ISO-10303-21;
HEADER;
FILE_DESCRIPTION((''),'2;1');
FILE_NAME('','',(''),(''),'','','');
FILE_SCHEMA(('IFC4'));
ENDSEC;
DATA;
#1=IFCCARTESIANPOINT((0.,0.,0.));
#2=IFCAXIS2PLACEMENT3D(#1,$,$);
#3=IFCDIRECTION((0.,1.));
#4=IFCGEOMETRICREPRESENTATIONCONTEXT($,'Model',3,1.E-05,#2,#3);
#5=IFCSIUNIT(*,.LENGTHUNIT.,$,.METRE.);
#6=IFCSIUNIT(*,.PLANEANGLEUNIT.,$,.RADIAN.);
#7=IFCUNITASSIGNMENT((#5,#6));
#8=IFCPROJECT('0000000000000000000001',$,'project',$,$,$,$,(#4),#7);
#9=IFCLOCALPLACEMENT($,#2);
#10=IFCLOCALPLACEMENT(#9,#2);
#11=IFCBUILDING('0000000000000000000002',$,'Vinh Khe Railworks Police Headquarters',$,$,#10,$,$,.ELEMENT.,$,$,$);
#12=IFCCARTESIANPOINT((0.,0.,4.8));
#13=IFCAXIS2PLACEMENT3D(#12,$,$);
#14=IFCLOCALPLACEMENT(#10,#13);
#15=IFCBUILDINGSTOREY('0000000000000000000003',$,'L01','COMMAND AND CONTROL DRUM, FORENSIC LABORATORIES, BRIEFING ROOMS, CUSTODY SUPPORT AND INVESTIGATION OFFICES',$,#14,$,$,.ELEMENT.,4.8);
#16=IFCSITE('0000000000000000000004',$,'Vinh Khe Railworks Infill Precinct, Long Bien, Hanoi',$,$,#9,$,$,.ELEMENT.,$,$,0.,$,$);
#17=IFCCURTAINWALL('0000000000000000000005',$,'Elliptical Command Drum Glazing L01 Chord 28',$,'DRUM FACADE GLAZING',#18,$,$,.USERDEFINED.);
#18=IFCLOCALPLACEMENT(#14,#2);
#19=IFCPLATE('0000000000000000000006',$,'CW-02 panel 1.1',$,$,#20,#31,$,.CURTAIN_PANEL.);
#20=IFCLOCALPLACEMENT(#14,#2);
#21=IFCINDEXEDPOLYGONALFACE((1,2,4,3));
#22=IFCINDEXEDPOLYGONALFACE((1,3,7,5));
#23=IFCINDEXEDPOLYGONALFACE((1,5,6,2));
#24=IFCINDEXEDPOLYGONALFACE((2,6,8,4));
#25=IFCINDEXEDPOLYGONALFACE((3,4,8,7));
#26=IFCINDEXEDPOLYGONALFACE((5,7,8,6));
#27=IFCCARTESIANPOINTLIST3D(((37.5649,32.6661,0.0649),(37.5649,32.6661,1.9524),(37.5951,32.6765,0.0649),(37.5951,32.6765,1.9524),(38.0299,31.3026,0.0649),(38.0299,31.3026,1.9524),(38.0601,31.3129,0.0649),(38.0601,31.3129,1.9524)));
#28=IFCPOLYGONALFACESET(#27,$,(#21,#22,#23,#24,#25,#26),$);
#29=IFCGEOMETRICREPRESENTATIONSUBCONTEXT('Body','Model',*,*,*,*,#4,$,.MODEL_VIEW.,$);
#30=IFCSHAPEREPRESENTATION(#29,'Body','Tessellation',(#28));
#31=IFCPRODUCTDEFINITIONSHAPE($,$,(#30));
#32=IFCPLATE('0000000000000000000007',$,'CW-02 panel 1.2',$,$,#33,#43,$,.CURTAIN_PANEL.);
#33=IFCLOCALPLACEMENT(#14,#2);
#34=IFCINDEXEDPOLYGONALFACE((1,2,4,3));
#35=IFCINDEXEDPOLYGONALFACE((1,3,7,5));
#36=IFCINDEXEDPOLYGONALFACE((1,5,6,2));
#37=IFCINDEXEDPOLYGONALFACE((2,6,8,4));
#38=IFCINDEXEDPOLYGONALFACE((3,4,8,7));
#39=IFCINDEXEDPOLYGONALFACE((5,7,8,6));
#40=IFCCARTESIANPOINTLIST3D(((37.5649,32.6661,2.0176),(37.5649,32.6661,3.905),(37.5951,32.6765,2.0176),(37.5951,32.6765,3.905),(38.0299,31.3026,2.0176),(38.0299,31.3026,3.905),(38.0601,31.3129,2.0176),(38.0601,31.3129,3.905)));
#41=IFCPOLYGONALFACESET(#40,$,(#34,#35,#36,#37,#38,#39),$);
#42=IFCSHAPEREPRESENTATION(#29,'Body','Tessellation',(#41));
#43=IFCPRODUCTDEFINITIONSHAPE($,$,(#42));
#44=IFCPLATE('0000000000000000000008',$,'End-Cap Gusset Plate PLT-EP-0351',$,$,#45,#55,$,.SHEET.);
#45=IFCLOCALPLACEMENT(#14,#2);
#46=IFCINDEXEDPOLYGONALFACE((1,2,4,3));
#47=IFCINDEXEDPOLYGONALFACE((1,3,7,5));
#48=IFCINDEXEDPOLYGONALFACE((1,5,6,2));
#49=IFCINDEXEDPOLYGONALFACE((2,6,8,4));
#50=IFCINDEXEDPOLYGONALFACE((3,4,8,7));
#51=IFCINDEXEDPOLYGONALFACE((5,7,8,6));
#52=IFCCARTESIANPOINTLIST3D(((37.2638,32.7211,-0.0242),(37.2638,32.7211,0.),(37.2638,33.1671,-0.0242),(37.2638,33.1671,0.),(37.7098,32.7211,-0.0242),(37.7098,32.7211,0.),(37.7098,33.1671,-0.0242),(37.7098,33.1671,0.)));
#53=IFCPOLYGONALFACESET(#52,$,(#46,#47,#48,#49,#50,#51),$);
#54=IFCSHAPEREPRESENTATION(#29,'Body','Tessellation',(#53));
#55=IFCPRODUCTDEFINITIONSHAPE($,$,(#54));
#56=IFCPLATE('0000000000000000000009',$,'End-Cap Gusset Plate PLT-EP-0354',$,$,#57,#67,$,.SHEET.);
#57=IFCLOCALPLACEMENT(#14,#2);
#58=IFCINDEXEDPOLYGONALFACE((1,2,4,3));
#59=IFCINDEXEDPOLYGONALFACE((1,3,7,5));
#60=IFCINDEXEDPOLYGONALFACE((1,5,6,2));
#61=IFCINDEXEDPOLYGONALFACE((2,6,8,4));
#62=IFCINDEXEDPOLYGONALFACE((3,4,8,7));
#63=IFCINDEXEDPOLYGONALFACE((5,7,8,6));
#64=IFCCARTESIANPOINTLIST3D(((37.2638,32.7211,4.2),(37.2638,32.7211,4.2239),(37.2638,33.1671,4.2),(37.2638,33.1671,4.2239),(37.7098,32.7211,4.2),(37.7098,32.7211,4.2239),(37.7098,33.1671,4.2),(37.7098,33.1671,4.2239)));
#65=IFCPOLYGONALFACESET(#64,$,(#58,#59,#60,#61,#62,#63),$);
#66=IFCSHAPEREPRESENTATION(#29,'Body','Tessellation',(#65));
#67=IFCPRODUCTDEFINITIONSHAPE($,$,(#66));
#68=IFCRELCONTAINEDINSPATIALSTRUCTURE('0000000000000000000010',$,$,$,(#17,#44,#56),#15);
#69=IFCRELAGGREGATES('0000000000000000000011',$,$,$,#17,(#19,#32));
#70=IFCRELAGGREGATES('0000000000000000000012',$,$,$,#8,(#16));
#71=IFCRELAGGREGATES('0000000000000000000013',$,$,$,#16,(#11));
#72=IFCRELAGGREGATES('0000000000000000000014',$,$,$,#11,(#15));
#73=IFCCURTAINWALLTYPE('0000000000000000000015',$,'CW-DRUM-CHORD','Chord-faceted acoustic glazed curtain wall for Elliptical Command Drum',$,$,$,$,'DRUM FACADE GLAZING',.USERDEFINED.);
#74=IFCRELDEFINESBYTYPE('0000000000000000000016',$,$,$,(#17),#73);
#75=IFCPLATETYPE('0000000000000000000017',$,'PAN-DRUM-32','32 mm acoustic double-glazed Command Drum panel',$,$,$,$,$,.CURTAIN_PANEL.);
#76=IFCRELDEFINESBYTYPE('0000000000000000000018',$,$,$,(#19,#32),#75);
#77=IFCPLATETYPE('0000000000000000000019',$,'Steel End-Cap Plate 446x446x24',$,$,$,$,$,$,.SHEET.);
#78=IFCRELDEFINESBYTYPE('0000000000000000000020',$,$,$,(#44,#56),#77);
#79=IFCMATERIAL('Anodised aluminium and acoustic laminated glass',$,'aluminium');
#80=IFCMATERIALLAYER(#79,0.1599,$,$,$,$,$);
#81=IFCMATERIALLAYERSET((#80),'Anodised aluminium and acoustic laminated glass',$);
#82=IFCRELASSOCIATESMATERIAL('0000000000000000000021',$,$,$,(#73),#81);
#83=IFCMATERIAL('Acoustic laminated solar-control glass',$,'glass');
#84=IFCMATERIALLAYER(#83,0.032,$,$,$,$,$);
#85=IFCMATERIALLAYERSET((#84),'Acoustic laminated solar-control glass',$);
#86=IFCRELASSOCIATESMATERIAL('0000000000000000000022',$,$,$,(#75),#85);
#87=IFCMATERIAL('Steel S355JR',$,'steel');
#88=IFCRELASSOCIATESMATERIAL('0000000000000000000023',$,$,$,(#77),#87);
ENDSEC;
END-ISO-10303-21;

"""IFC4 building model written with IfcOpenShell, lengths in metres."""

from ifc_helpers import new_model, si_unit, direction, frame, origin, origin_2d, place, context, subcontext, project, spatial, rectangle, extrude, material, layer, layer_set, material_profile, profile_set, type_object, element, aggregate, save


model = new_model("IFC4")

# Units and contexts
model_context = context("Model", 3, precision=1e-05, world=origin(), true_north=direction((0.0, 1.0)))
body_context = subcontext(model_context, "Body", "Model", "MODEL_VIEW")
ifc_project = project(units=[si_unit("LENGTHUNIT", "METRE"), si_unit("PLANEANGLEUNIT", "RADIAN")], contexts=[model_context])

# Site, building, storey
site_placement = place(None, origin())
site = spatial("IfcSite", under=ifc_project, at=site_placement, Name="Vinh Khe Railworks Infill Precinct, Long Bien, Hanoi", CompositionType="ELEMENT", RefElevation=0.0)
building_placement = place(site_placement, origin())
building = spatial("IfcBuilding", under=site, at=building_placement, Name="Vinh Khe Railworks Police Headquarters", CompositionType="ELEMENT")
storey_placement = place(building_placement, frame((0.0, 0.0, 4.8)))
storey = spatial("IfcBuildingStorey", under=building, at=storey_placement, Name="L01", Description="COMMAND AND CONTROL DRUM, FORENSIC LABORATORIES, BRIEFING ROOMS, CUSTODY SUPPORT AND INVESTIGATION OFFICES", CompositionType="ELEMENT", Elevation=4.8)

# Shared definitions
ifc_material_1 = material(Name="Steel S355JR", Category="steel")

# Shared definitions
ifc_material_2 = material(Name="Anodised aluminium and acoustic laminated glass", Category="aluminium")
ifc_layer_1 = layer(ifc_material_2, 0.1599)
ifc_layer_set_1 = layer_set([ifc_layer_1], Name="Anodised aluminium and acoustic laminated glass")
curtain_wall_type = type_object("IfcCurtainWallType", Name="CW-DRUM-CHORD", Description="Chord-faceted acoustic glazed curtain wall for Elliptical Command Drum", ElementType="DRUM FACADE GLAZING", PredefinedType="USERDEFINED", material=ifc_layer_set_1)

# Curtain wall
curtain_wall_1_placement = place(storey_placement, origin())
curtain_wall_1 = element("IfcCurtainWall", 1, at=curtain_wall_1_placement, inside=storey, type_object=curtain_wall_type, Name="Elliptical Command Drum Glazing L01 Chord 28", ObjectType="DRUM FACADE GLAZING", PredefinedType="USERDEFINED")

# Plates
ifc_material_3 = material(Name="Acoustic laminated solar-control glass", Category="glass")
ifc_layer_2 = layer(ifc_material_3, 0.032)
ifc_layer_set_2 = layer_set([ifc_layer_2], Name="Acoustic laminated solar-control glass")
plate_type_1 = type_object("IfcPlateType", Name="PAN-DRUM-32", Description="32 mm acoustic double-glazed Command Drum panel", PredefinedType="CURTAIN_PANEL", material=ifc_layer_set_2)
plate_1_placement = place(storey_placement, frame((37.8125, 31.9895, 0.0649), z_axis=(0.0, 0.0, 1.0), x_axis=(0.32275, -0.946484, 0.0)))
plate_1 = element("IfcPlate", 2, at=plate_1_placement, type_object=plate_type_1, Name="CW-02 panel 1.1", PredefinedType="CURTAIN_PANEL", context=body_context, shape_type="SweptSolid", body=[
    extrude(rectangle(XDim=1.4407, YDim=0.032, at=origin_2d()), origin(), (0.0, 0.0, 1.0), 1.8875),
])
plate_2_placement = place(storey_placement, frame((37.8125, 31.9895, 2.0176), z_axis=(0.0, 0.0, 1.0), x_axis=(0.32275, -0.946484, 0.0)))
plate_2 = element("IfcPlate", 3, at=plate_2_placement, type_object=plate_type_1, Name="CW-02 panel 1.2", PredefinedType="CURTAIN_PANEL", context=body_context, shape_type="SweptSolid", body=[
    extrude(rectangle(XDim=1.4407, YDim=0.032, at=origin_2d()), origin(), (0.0, 0.0, 1.0), 1.8875),
])
aggregate(curtain_wall_1, [plate_1, plate_2])

# Plates
ifc_material_profile_1 = material_profile(ifc_material_1, rectangle(XDim=0.446, YDim=0.446, at=origin_2d()), Name="PL 446x446")
ifc_profile_set_1 = profile_set([ifc_material_profile_1], Name="Steel S355JR")
plate_type_2 = type_object("IfcPlateType", Name="Steel End-Cap Plate 446x446x24", PredefinedType="SHEET", material=ifc_profile_set_1)
plate_3_placement = place(storey_placement, frame((37.4868, 32.9441, 0.0), z_axis=(0.0, 0.0, -1.0), x_axis=(1.0, 0.0, 0.0)))
element("IfcPlate", 4, at=plate_3_placement, inside=storey, type_object=plate_type_2, Name="End-Cap Gusset Plate PLT-EP-0351", PredefinedType="SHEET", context=body_context, shape_type="SweptSolid", body=[
    extrude(rectangle(XDim=0.446, YDim=0.446, at=origin_2d()), origin(), (0.0, 0.0, 1.0), 0.0242),
])
plate_4_placement = place(storey_placement, frame((37.4868, 32.9441, 4.2), z_axis=(0.0, 0.0, 1.0), x_axis=(1.0, 0.0, 0.0)))
element("IfcPlate", 5, at=plate_4_placement, inside=storey, type_object=plate_type_2, Name="End-Cap Gusset Plate PLT-EP-0354", PredefinedType="SHEET", context=body_context, shape_type="SweptSolid", body=[
    extrude(rectangle(XDim=0.446, YDim=0.446, at=origin_2d()), origin(), (0.0, 0.0, 1.0), 0.0239),
])

save(model, "model.ifc")
